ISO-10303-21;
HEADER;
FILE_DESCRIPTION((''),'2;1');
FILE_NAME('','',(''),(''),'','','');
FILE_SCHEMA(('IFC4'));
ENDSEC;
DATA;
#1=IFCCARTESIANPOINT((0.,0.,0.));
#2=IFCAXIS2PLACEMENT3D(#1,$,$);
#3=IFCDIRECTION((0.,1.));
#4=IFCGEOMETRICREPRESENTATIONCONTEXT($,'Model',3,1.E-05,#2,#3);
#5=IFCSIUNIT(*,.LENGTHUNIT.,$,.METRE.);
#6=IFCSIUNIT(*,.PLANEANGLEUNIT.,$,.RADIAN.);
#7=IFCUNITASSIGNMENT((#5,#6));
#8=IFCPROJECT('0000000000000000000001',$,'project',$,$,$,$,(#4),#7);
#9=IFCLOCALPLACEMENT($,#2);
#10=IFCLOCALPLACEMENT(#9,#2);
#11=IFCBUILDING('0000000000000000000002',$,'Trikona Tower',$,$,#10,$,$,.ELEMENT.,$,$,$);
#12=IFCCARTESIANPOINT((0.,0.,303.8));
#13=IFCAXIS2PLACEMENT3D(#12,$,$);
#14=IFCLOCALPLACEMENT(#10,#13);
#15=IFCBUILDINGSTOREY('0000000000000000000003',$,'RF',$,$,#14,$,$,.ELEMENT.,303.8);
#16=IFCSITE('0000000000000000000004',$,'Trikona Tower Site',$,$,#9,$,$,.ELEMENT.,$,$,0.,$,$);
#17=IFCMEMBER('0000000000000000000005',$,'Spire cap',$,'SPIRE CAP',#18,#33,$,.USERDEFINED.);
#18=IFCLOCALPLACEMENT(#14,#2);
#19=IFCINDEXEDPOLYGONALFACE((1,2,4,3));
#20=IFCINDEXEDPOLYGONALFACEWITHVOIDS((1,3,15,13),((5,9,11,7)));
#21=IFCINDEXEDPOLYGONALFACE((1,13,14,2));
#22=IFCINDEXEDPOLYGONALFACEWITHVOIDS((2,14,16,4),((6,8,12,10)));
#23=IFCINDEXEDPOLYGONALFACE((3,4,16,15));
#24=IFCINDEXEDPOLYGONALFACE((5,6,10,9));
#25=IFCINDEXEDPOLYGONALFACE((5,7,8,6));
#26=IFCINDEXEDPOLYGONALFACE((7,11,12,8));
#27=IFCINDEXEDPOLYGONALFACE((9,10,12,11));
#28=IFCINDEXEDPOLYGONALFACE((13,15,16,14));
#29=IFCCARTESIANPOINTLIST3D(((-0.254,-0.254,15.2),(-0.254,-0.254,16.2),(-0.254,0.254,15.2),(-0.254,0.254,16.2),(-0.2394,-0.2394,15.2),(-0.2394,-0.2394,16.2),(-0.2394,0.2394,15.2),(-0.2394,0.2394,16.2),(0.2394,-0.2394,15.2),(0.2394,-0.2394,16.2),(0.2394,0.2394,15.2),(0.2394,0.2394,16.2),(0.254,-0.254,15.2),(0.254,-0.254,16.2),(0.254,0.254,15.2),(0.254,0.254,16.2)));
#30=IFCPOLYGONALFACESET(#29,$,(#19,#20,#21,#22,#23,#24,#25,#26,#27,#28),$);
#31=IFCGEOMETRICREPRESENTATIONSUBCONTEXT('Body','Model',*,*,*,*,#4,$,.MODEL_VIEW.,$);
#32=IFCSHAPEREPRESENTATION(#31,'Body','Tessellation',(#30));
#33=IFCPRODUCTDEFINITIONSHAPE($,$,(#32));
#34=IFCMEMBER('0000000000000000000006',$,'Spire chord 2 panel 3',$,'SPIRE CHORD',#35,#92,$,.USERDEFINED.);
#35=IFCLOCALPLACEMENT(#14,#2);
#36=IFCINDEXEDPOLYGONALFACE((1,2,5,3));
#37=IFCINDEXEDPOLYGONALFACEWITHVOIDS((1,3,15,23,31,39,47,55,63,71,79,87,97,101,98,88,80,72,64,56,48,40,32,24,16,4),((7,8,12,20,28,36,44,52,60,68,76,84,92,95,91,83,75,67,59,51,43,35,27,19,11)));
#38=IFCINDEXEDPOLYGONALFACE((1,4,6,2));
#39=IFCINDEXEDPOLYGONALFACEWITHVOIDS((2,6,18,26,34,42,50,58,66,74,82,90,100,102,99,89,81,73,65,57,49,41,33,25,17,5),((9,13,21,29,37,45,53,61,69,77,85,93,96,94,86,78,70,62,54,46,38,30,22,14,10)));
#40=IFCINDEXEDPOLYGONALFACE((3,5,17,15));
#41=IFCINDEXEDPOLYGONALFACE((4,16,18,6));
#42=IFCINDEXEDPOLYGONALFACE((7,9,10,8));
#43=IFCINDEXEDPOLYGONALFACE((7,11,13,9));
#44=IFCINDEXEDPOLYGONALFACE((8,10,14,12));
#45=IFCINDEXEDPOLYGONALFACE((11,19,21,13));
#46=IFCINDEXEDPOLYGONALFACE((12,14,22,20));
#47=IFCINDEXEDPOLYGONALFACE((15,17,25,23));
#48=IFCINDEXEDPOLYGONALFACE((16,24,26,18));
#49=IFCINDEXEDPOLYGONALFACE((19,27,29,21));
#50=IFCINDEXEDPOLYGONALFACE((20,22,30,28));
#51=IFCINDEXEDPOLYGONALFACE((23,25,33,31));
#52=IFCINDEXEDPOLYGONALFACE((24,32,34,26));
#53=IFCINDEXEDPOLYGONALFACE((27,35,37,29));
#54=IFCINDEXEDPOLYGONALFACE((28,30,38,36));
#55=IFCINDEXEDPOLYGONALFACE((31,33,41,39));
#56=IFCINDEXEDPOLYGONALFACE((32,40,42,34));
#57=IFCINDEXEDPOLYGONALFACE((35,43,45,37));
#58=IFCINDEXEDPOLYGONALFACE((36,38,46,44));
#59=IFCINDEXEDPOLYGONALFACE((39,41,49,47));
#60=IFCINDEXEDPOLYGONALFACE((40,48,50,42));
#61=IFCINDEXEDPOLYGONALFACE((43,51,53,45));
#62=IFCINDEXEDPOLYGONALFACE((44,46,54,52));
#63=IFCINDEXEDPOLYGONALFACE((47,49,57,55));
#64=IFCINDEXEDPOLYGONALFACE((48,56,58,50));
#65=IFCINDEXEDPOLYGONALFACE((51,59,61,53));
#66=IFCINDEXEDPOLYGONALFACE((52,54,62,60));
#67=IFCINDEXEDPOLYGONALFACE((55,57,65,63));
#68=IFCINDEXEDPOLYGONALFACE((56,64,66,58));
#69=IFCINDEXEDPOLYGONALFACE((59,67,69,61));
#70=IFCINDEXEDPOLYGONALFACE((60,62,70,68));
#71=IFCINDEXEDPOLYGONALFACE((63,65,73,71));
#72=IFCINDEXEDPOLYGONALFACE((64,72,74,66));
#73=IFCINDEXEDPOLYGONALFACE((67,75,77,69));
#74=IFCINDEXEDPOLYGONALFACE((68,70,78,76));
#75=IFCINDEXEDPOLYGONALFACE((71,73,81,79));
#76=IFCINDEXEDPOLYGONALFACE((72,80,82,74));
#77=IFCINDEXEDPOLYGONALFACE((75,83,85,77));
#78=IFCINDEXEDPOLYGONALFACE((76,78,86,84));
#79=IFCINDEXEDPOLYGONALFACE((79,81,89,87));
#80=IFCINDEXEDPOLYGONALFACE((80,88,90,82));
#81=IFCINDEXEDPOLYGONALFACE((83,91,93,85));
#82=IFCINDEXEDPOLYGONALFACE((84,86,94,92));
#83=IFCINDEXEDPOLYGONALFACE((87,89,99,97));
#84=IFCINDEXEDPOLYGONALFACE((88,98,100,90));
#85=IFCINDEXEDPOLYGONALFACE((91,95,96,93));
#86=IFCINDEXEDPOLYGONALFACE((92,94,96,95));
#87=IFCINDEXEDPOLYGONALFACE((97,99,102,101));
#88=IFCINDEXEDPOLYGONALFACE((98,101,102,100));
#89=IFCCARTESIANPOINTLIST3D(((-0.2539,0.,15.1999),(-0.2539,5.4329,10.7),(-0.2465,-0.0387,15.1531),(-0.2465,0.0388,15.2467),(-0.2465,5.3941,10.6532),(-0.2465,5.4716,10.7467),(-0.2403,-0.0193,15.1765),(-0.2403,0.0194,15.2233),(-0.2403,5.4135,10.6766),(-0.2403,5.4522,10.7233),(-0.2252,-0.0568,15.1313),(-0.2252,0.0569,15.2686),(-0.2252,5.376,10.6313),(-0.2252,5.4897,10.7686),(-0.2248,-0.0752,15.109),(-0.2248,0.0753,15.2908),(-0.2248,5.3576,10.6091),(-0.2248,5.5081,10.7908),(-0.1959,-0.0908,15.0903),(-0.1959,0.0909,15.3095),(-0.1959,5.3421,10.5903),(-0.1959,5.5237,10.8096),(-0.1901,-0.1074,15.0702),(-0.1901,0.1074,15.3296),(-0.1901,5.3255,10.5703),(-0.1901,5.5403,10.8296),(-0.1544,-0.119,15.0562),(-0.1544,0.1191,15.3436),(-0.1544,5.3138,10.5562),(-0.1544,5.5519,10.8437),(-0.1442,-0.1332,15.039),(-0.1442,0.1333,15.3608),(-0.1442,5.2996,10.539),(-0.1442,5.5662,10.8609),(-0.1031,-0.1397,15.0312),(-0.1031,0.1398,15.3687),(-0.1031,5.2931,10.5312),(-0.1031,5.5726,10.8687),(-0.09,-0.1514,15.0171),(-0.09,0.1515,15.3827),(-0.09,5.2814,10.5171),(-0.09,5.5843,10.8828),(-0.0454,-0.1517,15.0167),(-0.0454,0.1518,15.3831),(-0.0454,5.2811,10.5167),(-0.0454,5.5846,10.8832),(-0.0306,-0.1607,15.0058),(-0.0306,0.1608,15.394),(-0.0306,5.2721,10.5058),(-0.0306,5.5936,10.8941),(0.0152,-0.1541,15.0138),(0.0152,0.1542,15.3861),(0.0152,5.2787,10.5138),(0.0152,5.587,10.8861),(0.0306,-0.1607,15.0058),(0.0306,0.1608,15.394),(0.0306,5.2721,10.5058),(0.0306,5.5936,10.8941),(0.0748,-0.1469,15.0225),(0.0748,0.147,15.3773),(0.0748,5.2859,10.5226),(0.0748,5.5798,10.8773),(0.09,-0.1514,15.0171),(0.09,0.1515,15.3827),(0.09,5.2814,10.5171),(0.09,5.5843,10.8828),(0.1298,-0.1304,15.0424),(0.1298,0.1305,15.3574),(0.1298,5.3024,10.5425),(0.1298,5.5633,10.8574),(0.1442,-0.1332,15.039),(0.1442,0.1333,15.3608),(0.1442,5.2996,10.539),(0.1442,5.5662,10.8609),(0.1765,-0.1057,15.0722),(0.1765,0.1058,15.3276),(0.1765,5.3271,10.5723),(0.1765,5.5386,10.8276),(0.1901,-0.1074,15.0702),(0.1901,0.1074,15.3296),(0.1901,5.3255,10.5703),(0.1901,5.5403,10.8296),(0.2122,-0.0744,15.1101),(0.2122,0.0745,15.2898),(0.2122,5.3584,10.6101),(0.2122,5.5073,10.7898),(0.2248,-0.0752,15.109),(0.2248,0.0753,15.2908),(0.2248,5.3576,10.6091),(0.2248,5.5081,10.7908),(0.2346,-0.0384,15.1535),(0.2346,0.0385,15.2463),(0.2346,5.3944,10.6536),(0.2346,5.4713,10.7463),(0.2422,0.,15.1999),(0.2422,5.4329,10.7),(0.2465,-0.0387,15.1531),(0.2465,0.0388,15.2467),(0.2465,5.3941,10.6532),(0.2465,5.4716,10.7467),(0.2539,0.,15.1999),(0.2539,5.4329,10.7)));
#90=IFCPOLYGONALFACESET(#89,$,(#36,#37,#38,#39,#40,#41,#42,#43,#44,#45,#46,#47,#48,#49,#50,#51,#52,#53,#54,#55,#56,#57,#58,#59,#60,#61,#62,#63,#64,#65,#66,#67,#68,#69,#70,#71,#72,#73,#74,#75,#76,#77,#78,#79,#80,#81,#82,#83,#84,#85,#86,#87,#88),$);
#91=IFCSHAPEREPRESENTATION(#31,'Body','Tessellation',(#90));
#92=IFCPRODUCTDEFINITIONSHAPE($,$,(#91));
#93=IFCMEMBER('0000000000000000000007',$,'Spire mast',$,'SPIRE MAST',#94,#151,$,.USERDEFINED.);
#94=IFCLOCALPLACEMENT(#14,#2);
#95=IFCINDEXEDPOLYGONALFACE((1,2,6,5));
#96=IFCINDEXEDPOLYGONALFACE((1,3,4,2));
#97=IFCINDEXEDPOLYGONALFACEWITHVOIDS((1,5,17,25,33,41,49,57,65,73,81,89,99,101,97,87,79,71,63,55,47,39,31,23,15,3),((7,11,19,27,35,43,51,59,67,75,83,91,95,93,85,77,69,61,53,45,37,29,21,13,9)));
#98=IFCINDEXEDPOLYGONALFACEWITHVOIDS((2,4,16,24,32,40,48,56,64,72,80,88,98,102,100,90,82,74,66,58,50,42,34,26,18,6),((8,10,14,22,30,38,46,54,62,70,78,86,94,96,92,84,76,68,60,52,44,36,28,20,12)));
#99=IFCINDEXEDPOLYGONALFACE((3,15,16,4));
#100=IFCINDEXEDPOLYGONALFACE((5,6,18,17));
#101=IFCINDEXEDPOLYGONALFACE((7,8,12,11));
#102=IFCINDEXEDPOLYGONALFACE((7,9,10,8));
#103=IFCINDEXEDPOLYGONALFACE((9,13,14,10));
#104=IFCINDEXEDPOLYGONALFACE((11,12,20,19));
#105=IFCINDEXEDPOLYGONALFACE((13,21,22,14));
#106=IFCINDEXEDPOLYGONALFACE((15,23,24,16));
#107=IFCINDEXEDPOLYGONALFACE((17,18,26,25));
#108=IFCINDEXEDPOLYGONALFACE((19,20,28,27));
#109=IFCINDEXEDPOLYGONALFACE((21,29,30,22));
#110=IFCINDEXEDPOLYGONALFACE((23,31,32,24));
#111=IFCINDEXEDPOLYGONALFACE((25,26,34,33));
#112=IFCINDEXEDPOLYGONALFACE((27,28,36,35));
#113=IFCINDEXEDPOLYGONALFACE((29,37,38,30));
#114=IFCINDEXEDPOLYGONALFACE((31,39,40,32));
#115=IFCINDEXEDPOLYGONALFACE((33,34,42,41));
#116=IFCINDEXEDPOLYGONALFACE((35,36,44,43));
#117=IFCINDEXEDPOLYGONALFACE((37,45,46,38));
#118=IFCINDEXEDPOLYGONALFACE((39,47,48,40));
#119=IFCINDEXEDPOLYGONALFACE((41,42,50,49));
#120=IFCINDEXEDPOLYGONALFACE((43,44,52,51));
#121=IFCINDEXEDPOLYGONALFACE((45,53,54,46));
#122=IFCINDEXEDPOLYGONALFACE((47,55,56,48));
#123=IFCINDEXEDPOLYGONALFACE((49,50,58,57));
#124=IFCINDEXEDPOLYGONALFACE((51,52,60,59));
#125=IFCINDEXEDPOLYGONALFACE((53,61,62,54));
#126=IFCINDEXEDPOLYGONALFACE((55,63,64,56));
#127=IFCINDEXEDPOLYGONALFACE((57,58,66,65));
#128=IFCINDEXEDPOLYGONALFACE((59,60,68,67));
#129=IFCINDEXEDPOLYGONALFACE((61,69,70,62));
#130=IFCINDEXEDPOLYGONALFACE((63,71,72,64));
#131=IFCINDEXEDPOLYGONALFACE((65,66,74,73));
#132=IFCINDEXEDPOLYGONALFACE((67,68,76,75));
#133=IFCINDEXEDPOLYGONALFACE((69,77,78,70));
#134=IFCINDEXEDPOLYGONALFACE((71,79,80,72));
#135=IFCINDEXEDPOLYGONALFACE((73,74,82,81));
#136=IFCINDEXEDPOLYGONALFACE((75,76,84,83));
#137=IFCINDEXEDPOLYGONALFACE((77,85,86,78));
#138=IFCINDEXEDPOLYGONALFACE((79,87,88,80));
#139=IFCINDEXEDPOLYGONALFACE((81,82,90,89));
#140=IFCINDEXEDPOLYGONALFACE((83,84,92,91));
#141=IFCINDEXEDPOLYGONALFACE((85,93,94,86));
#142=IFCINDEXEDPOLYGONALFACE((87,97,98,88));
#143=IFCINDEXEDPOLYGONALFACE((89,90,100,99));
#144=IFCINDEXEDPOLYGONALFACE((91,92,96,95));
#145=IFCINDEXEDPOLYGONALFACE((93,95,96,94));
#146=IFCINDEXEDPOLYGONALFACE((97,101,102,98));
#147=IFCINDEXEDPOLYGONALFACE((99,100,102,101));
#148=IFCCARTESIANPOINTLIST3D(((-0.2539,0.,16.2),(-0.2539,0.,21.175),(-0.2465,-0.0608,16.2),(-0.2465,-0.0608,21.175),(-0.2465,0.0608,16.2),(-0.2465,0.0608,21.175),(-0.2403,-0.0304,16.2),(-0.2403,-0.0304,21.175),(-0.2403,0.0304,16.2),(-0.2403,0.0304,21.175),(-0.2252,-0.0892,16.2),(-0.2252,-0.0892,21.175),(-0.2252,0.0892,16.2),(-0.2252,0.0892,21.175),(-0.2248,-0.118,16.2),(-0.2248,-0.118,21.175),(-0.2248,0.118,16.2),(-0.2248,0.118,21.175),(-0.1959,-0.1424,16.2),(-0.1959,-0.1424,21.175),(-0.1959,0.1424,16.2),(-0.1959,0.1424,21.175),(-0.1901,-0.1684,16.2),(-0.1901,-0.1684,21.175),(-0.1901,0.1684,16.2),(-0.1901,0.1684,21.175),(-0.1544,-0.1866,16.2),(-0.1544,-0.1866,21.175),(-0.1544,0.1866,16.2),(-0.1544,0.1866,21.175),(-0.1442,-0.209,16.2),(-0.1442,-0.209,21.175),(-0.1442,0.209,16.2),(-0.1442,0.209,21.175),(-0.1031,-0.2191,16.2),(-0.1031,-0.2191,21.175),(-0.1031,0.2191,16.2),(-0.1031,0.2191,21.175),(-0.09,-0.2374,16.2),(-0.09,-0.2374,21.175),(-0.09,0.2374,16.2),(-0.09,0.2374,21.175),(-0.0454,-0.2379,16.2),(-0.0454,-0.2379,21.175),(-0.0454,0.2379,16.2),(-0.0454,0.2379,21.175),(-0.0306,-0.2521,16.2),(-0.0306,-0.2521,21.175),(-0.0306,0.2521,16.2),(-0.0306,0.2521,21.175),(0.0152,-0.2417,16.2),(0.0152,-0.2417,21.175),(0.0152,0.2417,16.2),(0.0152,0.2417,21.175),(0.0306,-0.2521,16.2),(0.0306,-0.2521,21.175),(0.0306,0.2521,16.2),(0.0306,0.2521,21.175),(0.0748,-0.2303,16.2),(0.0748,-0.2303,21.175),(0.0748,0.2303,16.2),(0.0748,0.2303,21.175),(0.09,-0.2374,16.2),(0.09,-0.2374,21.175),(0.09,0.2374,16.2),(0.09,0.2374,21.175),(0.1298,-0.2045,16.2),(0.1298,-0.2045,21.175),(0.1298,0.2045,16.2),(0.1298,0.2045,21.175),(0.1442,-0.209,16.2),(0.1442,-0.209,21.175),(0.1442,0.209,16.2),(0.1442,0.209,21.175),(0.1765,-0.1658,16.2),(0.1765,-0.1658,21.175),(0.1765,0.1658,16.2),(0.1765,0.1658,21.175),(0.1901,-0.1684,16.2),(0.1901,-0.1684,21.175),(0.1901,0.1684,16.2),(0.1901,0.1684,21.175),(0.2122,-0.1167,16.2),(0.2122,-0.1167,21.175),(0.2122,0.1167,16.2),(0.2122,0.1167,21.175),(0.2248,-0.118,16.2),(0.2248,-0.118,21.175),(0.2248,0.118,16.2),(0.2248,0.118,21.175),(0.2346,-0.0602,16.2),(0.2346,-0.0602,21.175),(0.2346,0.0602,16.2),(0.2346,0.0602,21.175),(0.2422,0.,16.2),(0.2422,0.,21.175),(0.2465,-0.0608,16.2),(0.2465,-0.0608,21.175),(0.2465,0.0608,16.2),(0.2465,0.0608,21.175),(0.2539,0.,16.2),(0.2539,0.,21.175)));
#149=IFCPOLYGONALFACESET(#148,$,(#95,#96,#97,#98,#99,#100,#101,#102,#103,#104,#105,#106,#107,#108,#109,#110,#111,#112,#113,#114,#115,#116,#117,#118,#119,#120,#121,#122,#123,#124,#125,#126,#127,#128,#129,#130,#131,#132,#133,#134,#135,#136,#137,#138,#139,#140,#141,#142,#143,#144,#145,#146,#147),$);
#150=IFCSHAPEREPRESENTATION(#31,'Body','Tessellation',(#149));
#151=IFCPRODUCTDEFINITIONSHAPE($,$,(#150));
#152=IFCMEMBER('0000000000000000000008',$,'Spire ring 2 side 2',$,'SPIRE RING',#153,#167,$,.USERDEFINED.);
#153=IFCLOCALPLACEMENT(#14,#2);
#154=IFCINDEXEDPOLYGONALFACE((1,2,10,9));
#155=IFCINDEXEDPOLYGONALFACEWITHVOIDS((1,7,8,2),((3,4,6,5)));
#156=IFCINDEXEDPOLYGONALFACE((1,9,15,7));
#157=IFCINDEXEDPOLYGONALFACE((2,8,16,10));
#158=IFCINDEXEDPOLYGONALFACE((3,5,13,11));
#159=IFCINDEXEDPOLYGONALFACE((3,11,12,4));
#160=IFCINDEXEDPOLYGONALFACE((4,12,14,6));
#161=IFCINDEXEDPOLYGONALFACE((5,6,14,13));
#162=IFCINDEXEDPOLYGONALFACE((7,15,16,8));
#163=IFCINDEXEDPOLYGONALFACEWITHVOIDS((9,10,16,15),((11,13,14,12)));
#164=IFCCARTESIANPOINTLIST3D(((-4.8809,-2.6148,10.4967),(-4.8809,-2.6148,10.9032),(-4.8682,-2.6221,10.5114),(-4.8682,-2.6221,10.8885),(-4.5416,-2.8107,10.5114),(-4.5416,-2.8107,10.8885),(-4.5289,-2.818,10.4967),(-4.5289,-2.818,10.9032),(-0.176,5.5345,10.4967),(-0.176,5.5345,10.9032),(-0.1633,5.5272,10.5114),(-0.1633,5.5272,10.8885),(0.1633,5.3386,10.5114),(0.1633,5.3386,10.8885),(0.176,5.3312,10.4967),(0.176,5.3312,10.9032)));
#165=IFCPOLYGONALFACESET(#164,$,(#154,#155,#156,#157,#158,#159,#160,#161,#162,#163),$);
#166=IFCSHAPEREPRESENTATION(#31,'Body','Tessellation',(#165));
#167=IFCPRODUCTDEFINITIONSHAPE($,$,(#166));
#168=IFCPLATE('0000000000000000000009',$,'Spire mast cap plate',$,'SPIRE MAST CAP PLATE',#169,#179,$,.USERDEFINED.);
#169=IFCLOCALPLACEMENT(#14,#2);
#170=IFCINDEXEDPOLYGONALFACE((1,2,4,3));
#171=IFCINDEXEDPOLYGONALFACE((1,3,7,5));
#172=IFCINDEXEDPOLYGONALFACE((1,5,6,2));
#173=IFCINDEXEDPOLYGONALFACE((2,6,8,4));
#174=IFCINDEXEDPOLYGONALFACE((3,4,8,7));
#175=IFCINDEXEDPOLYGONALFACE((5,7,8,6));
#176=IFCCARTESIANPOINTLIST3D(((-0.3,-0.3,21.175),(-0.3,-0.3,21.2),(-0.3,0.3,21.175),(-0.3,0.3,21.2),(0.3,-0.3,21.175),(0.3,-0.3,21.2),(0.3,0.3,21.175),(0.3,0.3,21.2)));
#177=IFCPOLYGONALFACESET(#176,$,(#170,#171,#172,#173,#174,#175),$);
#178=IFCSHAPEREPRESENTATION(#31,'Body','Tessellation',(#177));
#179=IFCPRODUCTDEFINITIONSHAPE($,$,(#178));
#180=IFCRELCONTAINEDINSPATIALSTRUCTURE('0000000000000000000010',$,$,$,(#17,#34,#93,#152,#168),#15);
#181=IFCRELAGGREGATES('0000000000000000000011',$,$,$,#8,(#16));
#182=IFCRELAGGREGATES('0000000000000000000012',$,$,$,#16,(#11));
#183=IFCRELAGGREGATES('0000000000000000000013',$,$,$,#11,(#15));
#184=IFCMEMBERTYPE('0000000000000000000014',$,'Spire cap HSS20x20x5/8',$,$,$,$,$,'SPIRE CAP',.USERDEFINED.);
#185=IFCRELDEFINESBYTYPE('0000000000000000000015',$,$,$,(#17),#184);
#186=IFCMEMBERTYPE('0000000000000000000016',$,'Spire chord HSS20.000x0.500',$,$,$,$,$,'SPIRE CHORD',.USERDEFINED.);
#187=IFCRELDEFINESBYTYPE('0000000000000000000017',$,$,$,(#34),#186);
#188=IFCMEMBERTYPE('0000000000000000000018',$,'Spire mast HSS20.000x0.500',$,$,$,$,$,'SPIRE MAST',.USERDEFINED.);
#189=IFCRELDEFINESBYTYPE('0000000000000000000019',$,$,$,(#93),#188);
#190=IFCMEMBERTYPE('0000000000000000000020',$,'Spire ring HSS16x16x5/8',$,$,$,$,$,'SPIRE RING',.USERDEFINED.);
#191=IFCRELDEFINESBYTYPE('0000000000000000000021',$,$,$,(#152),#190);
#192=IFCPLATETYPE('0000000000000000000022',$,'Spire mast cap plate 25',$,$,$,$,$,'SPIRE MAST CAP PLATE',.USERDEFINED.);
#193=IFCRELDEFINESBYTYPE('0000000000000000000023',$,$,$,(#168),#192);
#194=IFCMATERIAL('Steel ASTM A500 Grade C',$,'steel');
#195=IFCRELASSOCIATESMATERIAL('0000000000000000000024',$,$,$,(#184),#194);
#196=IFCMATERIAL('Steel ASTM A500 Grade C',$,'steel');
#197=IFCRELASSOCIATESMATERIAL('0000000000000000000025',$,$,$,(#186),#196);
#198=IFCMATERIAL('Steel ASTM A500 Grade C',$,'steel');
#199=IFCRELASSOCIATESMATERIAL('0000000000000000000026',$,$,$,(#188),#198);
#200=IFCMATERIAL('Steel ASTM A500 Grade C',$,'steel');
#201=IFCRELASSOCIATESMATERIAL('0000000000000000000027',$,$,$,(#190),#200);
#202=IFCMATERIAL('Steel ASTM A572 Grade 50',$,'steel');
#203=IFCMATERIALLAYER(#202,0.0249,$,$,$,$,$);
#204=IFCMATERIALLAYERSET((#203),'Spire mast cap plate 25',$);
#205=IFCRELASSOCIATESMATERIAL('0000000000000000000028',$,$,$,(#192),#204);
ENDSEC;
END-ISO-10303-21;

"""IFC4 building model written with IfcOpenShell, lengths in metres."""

from ifc_helpers import new_model, si_unit, direction, frame, origin, origin_2d, place, context, subcontext, project, spatial, rectangle, hollow_rectangle, hollow_circle, extrude, material, layer, layer_set, material_profile, profile_set, type_object, element, save


model = new_model("IFC4")

# Units and contexts
model_context = context("Model", 3, precision=1e-05, world=origin(), true_north=direction((0.0, 1.0)))
body_context = subcontext(model_context, "Body", "Model", "MODEL_VIEW")
ifc_project = project(units=[si_unit("LENGTHUNIT", "METRE"), si_unit("PLANEANGLEUNIT", "RADIAN")], contexts=[model_context])

# Site, building, storey
site_placement = place(None, origin())
site = spatial("IfcSite", under=ifc_project, at=site_placement, Name="Trikona Tower Site", CompositionType="ELEMENT", RefElevation=0.0)
building_placement = place(site_placement, origin())
building = spatial("IfcBuilding", under=site, at=building_placement, Name="Trikona Tower", CompositionType="ELEMENT")
storey_placement = place(building_placement, frame((0.0, 0.0, 303.8)))
storey = spatial("IfcBuildingStorey", under=building, at=storey_placement, Name="RF", CompositionType="ELEMENT", Elevation=303.8)

# Members
ifc_material_1 = material(Name="Steel ASTM A500 Grade C", Category="steel")
ifc_material_profile_1 = material_profile(ifc_material_1, hollow_rectangle(XDim=0.5081, YDim=0.5081, WallThickness=0.0146, at=origin_2d()), Name="HSS20X20X5/8")
ifc_profile_set_1 = profile_set([ifc_material_profile_1], Name="Steel ASTM A500 Grade C")
member_type_1 = type_object("IfcMemberType", Name="Spire cap HSS20x20x5/8", ElementType="SPIRE CAP", PredefinedType="USERDEFINED", material=ifc_profile_set_1)
member_1_placement = place(storey_placement, frame((0.0, 0.0, 15.2), z_axis=(0.0, 0.0, 1.0), x_axis=(1.0, 0.0, 0.0)))
element("IfcMember", 1, at=member_1_placement, inside=storey, type_object=member_type_1, Name="Spire cap", ObjectType="SPIRE CAP", PredefinedType="USERDEFINED", context=body_context, shape_type="SweptSolid", body=[
    extrude(hollow_rectangle(XDim=0.5081, YDim=0.5081, WallThickness=0.0146, at=origin_2d()), origin(), (0.0, 0.0, 1.0), 1.0),
])
ifc_material_2 = material(Name="Steel ASTM A500 Grade C", Category="steel")
ifc_material_profile_2 = material_profile(ifc_material_2, hollow_circle(Radius=0.2539, WallThickness=0.0117, at=origin_2d()), Name="HSS20.000X0.500")
ifc_profile_set_2 = profile_set([ifc_material_profile_2], Name="Steel ASTM A500 Grade C")
member_type_2 = type_object("IfcMemberType", Name="Spire chord HSS20.000x0.500", ElementType="SPIRE CHORD", PredefinedType="USERDEFINED", material=ifc_profile_set_2)
member_2_placement = place(storey_placement, frame((0.0, 5.4329, 10.7), z_axis=(0.0, -0.770127, 0.637891), x_axis=(1.0, 0.0, 0.0)))
element("IfcMember", 2, at=member_2_placement, inside=storey, type_object=member_type_2, Name="Spire chord 2 panel 3", ObjectType="SPIRE CHORD", PredefinedType="USERDEFINED", context=body_context, shape_type="SweptSolid", body=[
    extrude(hollow_circle(Radius=0.2539, WallThickness=0.0117, at=origin_2d()), origin(), (0.0, 0.0, 1.0), 7.0544),
])
ifc_material_3 = material(Name="Steel ASTM A500 Grade C", Category="steel")
ifc_material_profile_3 = material_profile(ifc_material_3, hollow_circle(Radius=0.2539, WallThickness=0.0117, at=origin_2d()), Name="HSS20.000X0.500")
ifc_profile_set_3 = profile_set([ifc_material_profile_3], Name="Steel ASTM A500 Grade C")
member_type_3 = type_object("IfcMemberType", Name="Spire mast HSS20.000x0.500", ElementType="SPIRE MAST", PredefinedType="USERDEFINED", material=ifc_profile_set_3)
member_3_placement = place(storey_placement, frame((0.0, 0.0, 16.2), z_axis=(0.0, 0.0, 1.0), x_axis=(1.0, 0.0, 0.0)))
element("IfcMember", 3, at=member_3_placement, inside=storey, type_object=member_type_3, Name="Spire mast", ObjectType="SPIRE MAST", PredefinedType="USERDEFINED", context=body_context, shape_type="SweptSolid", body=[
    extrude(hollow_circle(Radius=0.2539, WallThickness=0.0117, at=origin_2d()), origin(), (0.0, 0.0, 1.0), 4.9751),
])
ifc_material_4 = material(Name="Steel ASTM A500 Grade C", Category="steel")
ifc_material_profile_4 = material_profile(ifc_material_4, hollow_rectangle(XDim=0.4065, YDim=0.4065, WallThickness=0.0146, at=origin_2d()), Name="HSS16X16X5/8")
ifc_profile_set_4 = profile_set([ifc_material_profile_4], Name="Steel ASTM A500 Grade C")
member_type_4 = type_object("IfcMemberType", Name="Spire ring HSS16x16x5/8", ElementType="SPIRE RING", PredefinedType="USERDEFINED", material=ifc_profile_set_4)
member_4_placement = place(storey_placement, frame((0.0, 5.4329, 10.7), z_axis=(-0.499993, -0.86603, 0.0), x_axis=(0.86603, -0.499993, 0.0)))
element("IfcMember", 4, at=member_4_placement, inside=storey, type_object=member_type_4, Name="Spire ring 2 side 2", ObjectType="SPIRE RING", PredefinedType="USERDEFINED", context=body_context, shape_type="SweptSolid", body=[
    extrude(hollow_rectangle(XDim=0.4065, YDim=0.4065, WallThickness=0.0146, at=origin_2d()), origin(), (0.0, 0.0, 1.0), 9.4099),
])

# Plate
ifc_material_5 = material(Name="Steel ASTM A572 Grade 50", Category="steel")
ifc_layer_1 = layer(ifc_material_5, 0.0249)
ifc_layer_set_1 = layer_set([ifc_layer_1], Name="Spire mast cap plate 25")
plate_type = type_object("IfcPlateType", Name="Spire mast cap plate 25", ElementType="SPIRE MAST CAP PLATE", PredefinedType="USERDEFINED", material=ifc_layer_set_1)
plate_placement = place(storey_placement, frame((0.0, 0.0, 21.175), z_axis=(0.0, 0.0, 1.0), x_axis=(1.0, 0.0, 0.0)))
element("IfcPlate", 5, at=plate_placement, inside=storey, type_object=plate_type, Name="Spire mast cap plate", ObjectType="SPIRE MAST CAP PLATE", PredefinedType="USERDEFINED", context=body_context, shape_type="SweptSolid", body=[
    extrude(rectangle(XDim=0.6001, YDim=0.6001, at=origin_2d()), origin(), (0.0, 0.0, 1.0), 0.0249),
])

save(model, "model.ifc")
